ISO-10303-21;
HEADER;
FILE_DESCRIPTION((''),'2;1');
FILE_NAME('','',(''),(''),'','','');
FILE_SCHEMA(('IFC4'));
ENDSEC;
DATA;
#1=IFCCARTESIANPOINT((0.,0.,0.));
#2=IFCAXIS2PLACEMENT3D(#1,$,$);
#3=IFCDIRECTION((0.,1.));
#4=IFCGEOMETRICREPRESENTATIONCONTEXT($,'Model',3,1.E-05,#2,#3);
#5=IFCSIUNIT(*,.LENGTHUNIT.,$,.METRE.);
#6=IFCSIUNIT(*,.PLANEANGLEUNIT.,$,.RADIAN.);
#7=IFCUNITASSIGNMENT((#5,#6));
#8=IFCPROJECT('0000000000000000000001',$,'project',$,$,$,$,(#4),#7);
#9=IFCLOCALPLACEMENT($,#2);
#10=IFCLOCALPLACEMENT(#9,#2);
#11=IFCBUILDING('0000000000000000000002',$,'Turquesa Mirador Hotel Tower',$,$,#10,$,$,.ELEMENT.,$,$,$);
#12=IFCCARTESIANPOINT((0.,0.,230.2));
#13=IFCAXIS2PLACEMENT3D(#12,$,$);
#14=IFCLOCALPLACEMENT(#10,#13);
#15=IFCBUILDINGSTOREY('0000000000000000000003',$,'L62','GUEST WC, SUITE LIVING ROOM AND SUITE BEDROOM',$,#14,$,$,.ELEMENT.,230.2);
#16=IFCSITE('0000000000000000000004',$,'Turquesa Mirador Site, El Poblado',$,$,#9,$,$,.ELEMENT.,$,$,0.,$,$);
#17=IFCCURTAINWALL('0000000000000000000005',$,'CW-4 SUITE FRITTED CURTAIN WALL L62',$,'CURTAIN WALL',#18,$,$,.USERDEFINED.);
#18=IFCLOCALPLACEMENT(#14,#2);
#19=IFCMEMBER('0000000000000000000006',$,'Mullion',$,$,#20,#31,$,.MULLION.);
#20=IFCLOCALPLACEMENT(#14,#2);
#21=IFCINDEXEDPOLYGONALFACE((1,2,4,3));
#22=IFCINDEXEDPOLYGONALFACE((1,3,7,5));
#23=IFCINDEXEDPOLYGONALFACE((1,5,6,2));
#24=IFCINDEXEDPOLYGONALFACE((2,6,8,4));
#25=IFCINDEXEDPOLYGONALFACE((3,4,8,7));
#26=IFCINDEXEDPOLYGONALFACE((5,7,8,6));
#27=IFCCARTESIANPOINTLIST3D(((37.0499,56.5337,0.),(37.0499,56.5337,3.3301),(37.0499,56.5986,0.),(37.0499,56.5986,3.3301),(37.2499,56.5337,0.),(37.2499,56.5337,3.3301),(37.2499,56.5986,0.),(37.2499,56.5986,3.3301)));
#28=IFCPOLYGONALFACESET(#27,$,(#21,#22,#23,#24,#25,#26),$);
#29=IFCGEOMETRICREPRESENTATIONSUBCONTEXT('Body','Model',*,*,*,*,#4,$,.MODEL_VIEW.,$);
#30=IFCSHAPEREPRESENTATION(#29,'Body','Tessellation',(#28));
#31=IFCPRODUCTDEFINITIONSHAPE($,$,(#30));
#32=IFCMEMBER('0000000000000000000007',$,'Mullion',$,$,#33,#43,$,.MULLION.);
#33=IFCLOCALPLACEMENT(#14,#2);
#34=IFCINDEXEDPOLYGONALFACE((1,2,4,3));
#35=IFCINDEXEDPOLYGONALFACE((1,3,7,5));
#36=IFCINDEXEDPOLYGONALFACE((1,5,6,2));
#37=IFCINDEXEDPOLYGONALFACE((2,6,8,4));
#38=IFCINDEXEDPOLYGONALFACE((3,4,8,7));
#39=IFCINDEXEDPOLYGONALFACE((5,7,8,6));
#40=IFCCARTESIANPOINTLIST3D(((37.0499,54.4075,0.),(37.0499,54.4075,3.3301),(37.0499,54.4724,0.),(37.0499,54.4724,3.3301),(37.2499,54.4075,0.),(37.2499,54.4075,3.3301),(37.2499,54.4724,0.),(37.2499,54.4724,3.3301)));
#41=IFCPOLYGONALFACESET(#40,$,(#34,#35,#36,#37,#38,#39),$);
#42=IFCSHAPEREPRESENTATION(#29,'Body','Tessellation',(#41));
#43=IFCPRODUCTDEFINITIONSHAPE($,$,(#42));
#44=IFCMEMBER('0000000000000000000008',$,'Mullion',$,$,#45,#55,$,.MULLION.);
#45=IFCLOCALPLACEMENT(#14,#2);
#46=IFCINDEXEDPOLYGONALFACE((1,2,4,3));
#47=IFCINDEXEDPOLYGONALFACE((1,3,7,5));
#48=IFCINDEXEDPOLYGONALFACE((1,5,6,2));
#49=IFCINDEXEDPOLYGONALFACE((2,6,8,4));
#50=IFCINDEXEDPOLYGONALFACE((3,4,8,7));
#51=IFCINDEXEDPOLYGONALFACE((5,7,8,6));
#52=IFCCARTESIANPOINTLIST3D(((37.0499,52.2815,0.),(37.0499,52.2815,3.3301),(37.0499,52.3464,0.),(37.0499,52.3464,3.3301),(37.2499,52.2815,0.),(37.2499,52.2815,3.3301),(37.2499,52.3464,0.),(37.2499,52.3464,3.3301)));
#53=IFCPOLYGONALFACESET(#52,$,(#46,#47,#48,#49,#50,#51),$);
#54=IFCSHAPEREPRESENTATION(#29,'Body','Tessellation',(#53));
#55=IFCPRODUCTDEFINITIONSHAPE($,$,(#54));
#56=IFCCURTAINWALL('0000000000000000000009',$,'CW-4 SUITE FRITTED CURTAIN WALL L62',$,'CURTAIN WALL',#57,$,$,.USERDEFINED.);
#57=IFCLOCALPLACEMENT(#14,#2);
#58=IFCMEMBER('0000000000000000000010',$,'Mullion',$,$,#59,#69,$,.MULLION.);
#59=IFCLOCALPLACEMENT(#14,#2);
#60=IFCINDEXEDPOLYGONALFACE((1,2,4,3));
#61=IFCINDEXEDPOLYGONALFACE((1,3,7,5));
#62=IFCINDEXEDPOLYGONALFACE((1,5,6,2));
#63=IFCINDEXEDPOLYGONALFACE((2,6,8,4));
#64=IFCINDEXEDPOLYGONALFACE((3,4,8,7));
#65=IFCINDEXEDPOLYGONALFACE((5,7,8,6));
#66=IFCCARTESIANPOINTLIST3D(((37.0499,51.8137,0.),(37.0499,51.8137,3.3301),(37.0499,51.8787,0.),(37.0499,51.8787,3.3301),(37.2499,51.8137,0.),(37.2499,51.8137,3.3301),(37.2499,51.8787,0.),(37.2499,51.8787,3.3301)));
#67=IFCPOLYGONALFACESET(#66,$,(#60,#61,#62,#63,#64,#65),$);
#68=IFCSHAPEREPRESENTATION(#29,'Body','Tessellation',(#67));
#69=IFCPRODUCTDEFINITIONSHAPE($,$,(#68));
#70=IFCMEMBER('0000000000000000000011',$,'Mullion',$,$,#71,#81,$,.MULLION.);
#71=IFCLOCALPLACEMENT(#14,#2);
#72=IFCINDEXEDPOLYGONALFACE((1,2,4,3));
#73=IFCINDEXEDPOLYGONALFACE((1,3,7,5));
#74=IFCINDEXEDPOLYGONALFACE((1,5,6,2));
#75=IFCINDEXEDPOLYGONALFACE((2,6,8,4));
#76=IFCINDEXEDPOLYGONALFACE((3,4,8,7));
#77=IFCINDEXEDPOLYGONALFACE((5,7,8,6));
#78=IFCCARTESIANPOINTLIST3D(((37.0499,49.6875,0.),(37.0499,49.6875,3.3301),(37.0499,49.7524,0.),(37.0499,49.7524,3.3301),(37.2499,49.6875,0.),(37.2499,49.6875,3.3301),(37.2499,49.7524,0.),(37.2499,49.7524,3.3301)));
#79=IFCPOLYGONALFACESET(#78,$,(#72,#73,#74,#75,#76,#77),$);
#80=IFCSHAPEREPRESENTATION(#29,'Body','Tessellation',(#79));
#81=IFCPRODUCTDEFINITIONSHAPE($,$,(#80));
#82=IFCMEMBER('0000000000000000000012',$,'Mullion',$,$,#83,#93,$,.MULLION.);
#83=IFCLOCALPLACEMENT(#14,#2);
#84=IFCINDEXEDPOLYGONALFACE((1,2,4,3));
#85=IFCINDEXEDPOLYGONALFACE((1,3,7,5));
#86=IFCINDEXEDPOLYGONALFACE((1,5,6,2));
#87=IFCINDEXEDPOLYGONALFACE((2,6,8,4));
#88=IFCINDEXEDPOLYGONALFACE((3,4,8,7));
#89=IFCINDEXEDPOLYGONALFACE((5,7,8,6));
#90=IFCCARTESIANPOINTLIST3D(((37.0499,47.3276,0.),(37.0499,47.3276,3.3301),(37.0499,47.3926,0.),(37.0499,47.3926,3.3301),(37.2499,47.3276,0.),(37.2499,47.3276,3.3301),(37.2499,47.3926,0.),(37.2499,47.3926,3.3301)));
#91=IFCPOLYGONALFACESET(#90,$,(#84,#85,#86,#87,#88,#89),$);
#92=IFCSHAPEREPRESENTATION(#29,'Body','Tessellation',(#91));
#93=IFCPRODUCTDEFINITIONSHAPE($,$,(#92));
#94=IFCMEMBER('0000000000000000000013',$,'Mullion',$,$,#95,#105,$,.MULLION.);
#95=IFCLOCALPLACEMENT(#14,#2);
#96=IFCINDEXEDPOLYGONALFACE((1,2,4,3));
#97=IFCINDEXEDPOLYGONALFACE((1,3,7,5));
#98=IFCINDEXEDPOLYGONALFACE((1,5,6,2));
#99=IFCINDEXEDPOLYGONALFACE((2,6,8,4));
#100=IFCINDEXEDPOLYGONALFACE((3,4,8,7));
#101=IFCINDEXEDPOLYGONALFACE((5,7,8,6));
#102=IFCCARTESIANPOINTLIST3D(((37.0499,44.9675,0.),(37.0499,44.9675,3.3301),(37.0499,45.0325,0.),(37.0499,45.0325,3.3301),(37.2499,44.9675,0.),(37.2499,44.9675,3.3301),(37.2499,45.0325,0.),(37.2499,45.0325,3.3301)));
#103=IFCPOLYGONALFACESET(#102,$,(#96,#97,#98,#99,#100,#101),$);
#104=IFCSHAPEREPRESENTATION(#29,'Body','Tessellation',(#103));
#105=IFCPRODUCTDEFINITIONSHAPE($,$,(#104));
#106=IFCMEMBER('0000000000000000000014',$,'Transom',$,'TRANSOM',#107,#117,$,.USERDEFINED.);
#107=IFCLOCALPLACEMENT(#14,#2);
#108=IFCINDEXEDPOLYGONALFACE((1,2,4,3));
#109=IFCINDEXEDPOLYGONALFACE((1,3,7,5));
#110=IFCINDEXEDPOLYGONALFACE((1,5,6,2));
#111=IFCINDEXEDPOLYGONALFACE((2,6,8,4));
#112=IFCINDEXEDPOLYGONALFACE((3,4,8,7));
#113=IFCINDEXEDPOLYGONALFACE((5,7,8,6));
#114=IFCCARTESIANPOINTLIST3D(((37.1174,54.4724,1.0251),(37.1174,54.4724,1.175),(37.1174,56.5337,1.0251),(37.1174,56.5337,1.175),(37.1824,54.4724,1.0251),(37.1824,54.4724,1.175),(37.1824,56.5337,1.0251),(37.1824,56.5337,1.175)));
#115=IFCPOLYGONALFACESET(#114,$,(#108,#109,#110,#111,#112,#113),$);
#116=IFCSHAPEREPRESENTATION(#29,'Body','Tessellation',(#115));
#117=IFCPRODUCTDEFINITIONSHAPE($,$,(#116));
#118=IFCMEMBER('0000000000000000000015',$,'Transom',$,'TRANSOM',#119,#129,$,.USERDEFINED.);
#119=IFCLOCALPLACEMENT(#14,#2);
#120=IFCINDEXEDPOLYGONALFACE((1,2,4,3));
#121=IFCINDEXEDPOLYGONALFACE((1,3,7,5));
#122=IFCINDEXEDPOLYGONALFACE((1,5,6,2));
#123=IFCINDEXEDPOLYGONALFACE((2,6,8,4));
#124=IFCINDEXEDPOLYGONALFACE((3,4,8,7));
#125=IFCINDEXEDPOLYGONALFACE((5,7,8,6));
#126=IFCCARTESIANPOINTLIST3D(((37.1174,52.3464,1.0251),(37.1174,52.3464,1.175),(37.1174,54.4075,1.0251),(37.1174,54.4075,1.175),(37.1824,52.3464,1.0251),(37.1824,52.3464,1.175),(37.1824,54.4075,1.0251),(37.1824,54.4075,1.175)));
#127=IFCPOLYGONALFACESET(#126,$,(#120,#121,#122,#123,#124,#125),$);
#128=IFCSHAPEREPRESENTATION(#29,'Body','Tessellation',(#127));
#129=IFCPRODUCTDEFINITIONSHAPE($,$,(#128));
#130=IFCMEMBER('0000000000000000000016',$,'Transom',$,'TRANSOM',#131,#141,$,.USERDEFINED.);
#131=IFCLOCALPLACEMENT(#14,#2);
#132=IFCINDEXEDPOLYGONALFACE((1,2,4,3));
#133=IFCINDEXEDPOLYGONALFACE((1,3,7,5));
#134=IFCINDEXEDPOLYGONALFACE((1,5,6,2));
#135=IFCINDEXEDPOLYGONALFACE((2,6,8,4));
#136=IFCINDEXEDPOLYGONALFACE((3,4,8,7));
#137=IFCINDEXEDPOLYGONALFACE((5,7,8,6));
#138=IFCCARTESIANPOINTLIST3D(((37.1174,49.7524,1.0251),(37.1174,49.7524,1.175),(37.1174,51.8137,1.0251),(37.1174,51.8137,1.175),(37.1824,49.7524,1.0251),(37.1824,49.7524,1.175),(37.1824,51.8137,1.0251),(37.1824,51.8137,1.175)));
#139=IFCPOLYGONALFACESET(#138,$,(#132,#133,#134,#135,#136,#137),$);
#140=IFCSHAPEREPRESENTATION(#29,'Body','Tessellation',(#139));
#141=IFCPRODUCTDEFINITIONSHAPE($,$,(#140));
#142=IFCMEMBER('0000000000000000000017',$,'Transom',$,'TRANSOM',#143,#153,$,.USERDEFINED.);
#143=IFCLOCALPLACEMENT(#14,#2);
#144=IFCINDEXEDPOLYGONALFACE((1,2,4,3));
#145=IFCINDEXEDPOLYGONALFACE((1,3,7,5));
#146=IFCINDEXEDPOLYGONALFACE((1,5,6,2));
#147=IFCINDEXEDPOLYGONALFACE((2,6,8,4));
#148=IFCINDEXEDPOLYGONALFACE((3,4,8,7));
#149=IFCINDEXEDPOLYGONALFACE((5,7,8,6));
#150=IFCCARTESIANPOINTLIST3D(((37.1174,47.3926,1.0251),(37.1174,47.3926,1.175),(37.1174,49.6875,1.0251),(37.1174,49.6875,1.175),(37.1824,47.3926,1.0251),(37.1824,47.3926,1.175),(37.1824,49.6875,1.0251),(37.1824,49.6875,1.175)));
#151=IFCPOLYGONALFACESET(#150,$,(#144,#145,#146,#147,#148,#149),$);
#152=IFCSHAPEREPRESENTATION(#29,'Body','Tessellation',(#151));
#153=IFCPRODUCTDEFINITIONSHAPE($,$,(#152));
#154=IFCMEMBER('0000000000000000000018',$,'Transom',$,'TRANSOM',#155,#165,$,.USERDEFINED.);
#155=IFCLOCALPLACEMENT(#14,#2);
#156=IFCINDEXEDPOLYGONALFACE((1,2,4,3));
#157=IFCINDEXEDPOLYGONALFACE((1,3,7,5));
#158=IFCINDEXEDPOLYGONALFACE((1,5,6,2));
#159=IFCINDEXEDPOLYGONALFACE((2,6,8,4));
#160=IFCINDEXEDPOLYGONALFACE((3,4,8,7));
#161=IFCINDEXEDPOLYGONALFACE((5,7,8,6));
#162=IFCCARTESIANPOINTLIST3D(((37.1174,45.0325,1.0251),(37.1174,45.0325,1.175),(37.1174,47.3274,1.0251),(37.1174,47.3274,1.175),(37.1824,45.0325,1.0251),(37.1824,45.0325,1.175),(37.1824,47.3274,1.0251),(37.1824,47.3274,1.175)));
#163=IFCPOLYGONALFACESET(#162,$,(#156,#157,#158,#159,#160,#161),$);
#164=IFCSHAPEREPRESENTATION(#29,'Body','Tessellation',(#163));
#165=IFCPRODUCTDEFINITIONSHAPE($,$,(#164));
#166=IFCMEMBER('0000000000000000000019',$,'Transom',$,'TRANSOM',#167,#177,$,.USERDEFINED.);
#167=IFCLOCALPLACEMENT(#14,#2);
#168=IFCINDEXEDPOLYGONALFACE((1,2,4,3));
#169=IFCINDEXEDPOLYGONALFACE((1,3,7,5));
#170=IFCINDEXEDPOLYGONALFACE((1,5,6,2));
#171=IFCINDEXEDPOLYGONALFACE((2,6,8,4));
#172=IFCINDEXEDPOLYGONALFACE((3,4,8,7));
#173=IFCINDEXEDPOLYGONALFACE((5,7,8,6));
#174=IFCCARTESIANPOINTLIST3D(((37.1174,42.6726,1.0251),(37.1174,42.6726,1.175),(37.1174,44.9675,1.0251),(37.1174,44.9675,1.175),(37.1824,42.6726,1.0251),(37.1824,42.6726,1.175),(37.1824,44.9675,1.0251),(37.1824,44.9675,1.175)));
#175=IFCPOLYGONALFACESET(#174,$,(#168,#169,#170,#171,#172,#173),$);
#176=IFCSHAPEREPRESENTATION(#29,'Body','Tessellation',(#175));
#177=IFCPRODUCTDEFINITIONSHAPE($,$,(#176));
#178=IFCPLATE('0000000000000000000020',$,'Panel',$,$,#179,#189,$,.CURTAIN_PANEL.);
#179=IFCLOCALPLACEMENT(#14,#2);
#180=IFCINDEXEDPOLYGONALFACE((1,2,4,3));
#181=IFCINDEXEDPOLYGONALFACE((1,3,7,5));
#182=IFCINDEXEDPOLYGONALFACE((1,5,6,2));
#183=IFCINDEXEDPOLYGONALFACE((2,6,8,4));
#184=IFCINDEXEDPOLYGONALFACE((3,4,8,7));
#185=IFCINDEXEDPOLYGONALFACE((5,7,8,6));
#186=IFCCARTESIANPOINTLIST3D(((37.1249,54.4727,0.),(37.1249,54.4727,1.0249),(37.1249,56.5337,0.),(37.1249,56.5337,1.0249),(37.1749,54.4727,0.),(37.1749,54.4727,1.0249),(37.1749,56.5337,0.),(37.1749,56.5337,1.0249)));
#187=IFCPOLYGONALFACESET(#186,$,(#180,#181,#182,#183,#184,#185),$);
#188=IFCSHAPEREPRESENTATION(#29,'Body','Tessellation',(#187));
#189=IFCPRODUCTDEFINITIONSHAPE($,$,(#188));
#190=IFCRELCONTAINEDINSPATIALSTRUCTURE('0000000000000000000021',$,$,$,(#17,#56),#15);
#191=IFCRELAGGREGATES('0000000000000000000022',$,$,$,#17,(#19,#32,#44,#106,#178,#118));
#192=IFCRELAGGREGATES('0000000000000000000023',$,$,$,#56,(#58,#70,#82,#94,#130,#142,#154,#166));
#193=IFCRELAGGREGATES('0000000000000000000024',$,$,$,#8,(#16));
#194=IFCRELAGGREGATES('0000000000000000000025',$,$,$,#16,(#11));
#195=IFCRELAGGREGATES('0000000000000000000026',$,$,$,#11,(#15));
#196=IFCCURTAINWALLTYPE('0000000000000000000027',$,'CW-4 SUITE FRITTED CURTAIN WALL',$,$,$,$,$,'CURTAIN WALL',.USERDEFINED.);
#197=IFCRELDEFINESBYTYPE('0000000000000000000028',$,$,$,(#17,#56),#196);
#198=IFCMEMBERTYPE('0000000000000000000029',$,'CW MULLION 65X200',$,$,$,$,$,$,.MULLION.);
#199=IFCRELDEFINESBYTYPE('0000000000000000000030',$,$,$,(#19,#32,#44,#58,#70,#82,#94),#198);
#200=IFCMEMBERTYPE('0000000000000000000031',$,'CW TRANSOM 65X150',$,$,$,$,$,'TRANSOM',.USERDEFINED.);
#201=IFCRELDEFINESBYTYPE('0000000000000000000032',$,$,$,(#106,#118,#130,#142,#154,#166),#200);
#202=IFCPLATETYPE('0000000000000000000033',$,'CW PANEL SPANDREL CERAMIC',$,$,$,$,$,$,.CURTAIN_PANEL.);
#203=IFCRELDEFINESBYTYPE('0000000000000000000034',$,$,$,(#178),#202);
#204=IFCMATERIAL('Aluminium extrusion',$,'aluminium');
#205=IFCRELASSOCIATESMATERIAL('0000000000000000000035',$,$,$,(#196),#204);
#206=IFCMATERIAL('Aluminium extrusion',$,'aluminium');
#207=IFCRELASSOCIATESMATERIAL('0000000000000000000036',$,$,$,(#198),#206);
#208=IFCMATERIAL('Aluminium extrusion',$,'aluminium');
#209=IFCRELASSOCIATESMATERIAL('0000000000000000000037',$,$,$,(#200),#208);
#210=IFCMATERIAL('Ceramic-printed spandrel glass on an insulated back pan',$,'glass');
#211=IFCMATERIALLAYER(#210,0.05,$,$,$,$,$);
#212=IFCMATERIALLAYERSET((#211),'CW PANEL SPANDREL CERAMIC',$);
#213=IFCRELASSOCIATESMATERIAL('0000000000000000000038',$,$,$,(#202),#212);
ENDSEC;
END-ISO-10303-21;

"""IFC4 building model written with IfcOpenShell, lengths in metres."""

from ifc_helpers import new_model, si_unit, direction, frame, origin, origin_2d, place, context, subcontext, project, spatial, rectangle, extrude, material, layer, layer_set, material_profile, profile_set, type_object, element, aggregate, save


model = new_model("IFC4")

# Units and contexts
model_context = context("Model", 3, precision=1e-05, world=origin(), true_north=direction((0.0, 1.0)))
body_context = subcontext(model_context, "Body", "Model", "MODEL_VIEW")
ifc_project = project(units=[si_unit("LENGTHUNIT", "METRE"), si_unit("PLANEANGLEUNIT", "RADIAN")], contexts=[model_context])

# Site, building, storey
site_placement = place(None, origin())
site = spatial("IfcSite", under=ifc_project, at=site_placement, Name="Turquesa Mirador Site, El Poblado", CompositionType="ELEMENT", RefElevation=0.0)
building_placement = place(site_placement, origin())
building = spatial("IfcBuilding", under=site, at=building_placement, Name="Turquesa Mirador Hotel Tower", CompositionType="ELEMENT")
storey_placement = place(building_placement, frame((0.0, 0.0, 230.2)))
storey = spatial("IfcBuildingStorey", under=building, at=storey_placement, Name="L62", Description="GUEST WC, SUITE LIVING ROOM AND SUITE BEDROOM", CompositionType="ELEMENT", Elevation=230.2)

# Curtain walls, members
ifc_material_1 = material(Name="Aluminium extrusion", Category="aluminium")
curtain_wall_type = type_object("IfcCurtainWallType", Name="CW-4 SUITE FRITTED CURTAIN WALL", ElementType="CURTAIN WALL", PredefinedType="USERDEFINED", material=ifc_material_1)
curtain_wall_1_placement = place(storey_placement, origin())
curtain_wall_1 = element("IfcCurtainWall", 1, at=curtain_wall_1_placement, inside=storey, type_object=curtain_wall_type, Name="CW-4 SUITE FRITTED CURTAIN WALL L62", ObjectType="CURTAIN WALL", PredefinedType="USERDEFINED")
ifc_material_2 = material(Name="Aluminium extrusion", Category="aluminium")
ifc_material_profile_1 = material_profile(ifc_material_2, rectangle(XDim=0.0649, YDim=0.2, at=origin_2d()), Name="MULLION 65X200")
ifc_profile_set_1 = profile_set([ifc_material_profile_1], Name="Aluminium extrusion")
member_type_1 = type_object("IfcMemberType", Name="CW MULLION 65X200", PredefinedType="MULLION", material=ifc_profile_set_1)
member_1_placement = place(storey_placement, frame((37.1499, 56.5662, 0.0), z_axis=(0.0, 0.0, 1.0), x_axis=(0.0, -1.0, 0.0)))
member_1 = element("IfcMember", 2, at=member_1_placement, type_object=member_type_1, Name="Mullion", PredefinedType="MULLION", context=body_context, shape_type="SweptSolid", body=[
    extrude(rectangle(XDim=0.0649, YDim=0.2, at=origin_2d()), origin(), (0.0, 0.0, 1.0), 3.3301),
])
member_2_placement = place(storey_placement, frame((37.1499, 54.4399, 0.0), z_axis=(0.0, 0.0, 1.0), x_axis=(0.0, -1.0, 0.0)))
member_2 = element("IfcMember", 3, at=member_2_placement, type_object=member_type_1, Name="Mullion", PredefinedType="MULLION", context=body_context, shape_type="SweptSolid", body=[
    extrude(rectangle(XDim=0.0649, YDim=0.2, at=origin_2d()), origin(), (0.0, 0.0, 1.0), 3.3301),
])
member_3_placement = place(storey_placement, frame((37.1499, 52.314, 0.0), z_axis=(0.0, 0.0, 1.0), x_axis=(0.0, -1.0, 0.0)))
member_3 = element("IfcMember", 4, at=member_3_placement, type_object=member_type_1, Name="Mullion", PredefinedType="MULLION", context=body_context, shape_type="SweptSolid", body=[
    extrude(rectangle(XDim=0.0649, YDim=0.2, at=origin_2d()), origin(), (0.0, 0.0, 1.0), 3.3301),
])
curtain_wall_2_placement = place(storey_placement, origin())
curtain_wall_2 = element("IfcCurtainWall", 5, at=curtain_wall_2_placement, inside=storey, type_object=curtain_wall_type, Name="CW-4 SUITE FRITTED CURTAIN WALL L62", ObjectType="CURTAIN WALL", PredefinedType="USERDEFINED")
member_4_placement = place(storey_placement, frame((37.1499, 51.8462, 0.0), z_axis=(0.0, 0.0, 1.0), x_axis=(0.0, -1.0, 0.0)))
member_4 = element("IfcMember", 6, at=member_4_placement, type_object=member_type_1, Name="Mullion", PredefinedType="MULLION", context=body_context, shape_type="SweptSolid", body=[
    extrude(rectangle(XDim=0.0649, YDim=0.2, at=origin_2d()), origin(), (0.0, 0.0, 1.0), 3.3301),
])
member_5_placement = place(storey_placement, frame((37.1499, 49.72, 0.0), z_axis=(0.0, 0.0, 1.0), x_axis=(0.0, -1.0, 0.0)))
member_5 = element("IfcMember", 7, at=member_5_placement, type_object=member_type_1, Name="Mullion", PredefinedType="MULLION", context=body_context, shape_type="SweptSolid", body=[
    extrude(rectangle(XDim=0.0649, YDim=0.2, at=origin_2d()), origin(), (0.0, 0.0, 1.0), 3.3301),
])
member_6_placement = place(storey_placement, frame((37.1499, 47.3601, 0.0), z_axis=(0.0, 0.0, 1.0), x_axis=(0.0, -1.0, 0.0)))
member_6 = element("IfcMember", 8, at=member_6_placement, type_object=member_type_1, Name="Mullion", PredefinedType="MULLION", context=body_context, shape_type="SweptSolid", body=[
    extrude(rectangle(XDim=0.0649, YDim=0.2, at=origin_2d()), origin(), (0.0, 0.0, 1.0), 3.3301),
])
member_7_placement = place(storey_placement, frame((37.1499, 45.0, 0.0), z_axis=(0.0, 0.0, 1.0), x_axis=(0.0, -1.0, 0.0)))
member_7 = element("IfcMember", 9, at=member_7_placement, type_object=member_type_1, Name="Mullion", PredefinedType="MULLION", context=body_context, shape_type="SweptSolid", body=[
    extrude(rectangle(XDim=0.0649, YDim=0.2, at=origin_2d()), origin(), (0.0, 0.0, 1.0), 3.3301),
])

# Members
ifc_material_3 = material(Name="Aluminium extrusion", Category="aluminium")
ifc_material_profile_2 = material_profile(ifc_material_3, rectangle(XDim=0.0649, YDim=0.1499, at=origin_2d()), Name="TRANSOM 65X150")
ifc_profile_set_2 = profile_set([ifc_material_profile_2], Name="Aluminium extrusion")
member_type_2 = type_object("IfcMemberType", Name="CW TRANSOM 65X150", ElementType="TRANSOM", PredefinedType="USERDEFINED", material=ifc_profile_set_2)
member_8_placement = place(storey_placement, frame((37.1499, 56.5337, 1.1001), z_axis=(0.0, -1.0, 0.0), x_axis=(1.0, 0.0, 0.0)))
member_8 = element("IfcMember", 10, at=member_8_placement, type_object=member_type_2, Name="Transom", ObjectType="TRANSOM", PredefinedType="USERDEFINED", context=body_context, shape_type="SweptSolid", body=[
    extrude(rectangle(XDim=0.0649, YDim=0.1499, at=origin_2d()), origin(), (0.0, 0.0, 1.0), 2.0613),
])
member_9_placement = place(storey_placement, frame((37.1499, 54.4075, 1.1001), z_axis=(0.0, -1.0, 0.0), x_axis=(1.0, 0.0, 0.0)))
member_9 = element("IfcMember", 11, at=member_9_placement, type_object=member_type_2, Name="Transom", ObjectType="TRANSOM", PredefinedType="USERDEFINED", context=body_context, shape_type="SweptSolid", body=[
    extrude(rectangle(XDim=0.0649, YDim=0.1499, at=origin_2d()), origin(), (0.0, 0.0, 1.0), 2.061),
])
member_10_placement = place(storey_placement, frame((37.1499, 51.8137, 1.1001), z_axis=(0.0, -1.0, 0.0), x_axis=(1.0, 0.0, 0.0)))
member_10 = element("IfcMember", 12, at=member_10_placement, type_object=member_type_2, Name="Transom", ObjectType="TRANSOM", PredefinedType="USERDEFINED", context=body_context, shape_type="SweptSolid", body=[
    extrude(rectangle(XDim=0.0649, YDim=0.1499, at=origin_2d()), origin(), (0.0, 0.0, 1.0), 2.0613),
])
member_11_placement = place(storey_placement, frame((37.1499, 49.6875, 1.1001), z_axis=(0.0, -1.0, 0.0), x_axis=(1.0, 0.0, 0.0)))
member_11 = element("IfcMember", 13, at=member_11_placement, type_object=member_type_2, Name="Transom", ObjectType="TRANSOM", PredefinedType="USERDEFINED", context=body_context, shape_type="SweptSolid", body=[
    extrude(rectangle(XDim=0.0649, YDim=0.1499, at=origin_2d()), origin(), (0.0, 0.0, 1.0), 2.2949),
])
member_12_placement = place(storey_placement, frame((37.1499, 47.3274, 1.1001), z_axis=(0.0, -1.0, 0.0), x_axis=(1.0, 0.0, 0.0)))
member_12 = element("IfcMember", 14, at=member_12_placement, type_object=member_type_2, Name="Transom", ObjectType="TRANSOM", PredefinedType="USERDEFINED", context=body_context, shape_type="SweptSolid", body=[
    extrude(rectangle(XDim=0.0649, YDim=0.1499, at=origin_2d()), origin(), (0.0, 0.0, 1.0), 2.2949),
])
member_13_placement = place(storey_placement, frame((37.1499, 44.9675, 1.1001), z_axis=(0.0, -1.0, 0.0), x_axis=(1.0, 0.0, 0.0)))
member_13 = element("IfcMember", 15, at=member_13_placement, type_object=member_type_2, Name="Transom", ObjectType="TRANSOM", PredefinedType="USERDEFINED", context=body_context, shape_type="SweptSolid", body=[
    extrude(rectangle(XDim=0.0649, YDim=0.1499, at=origin_2d()), origin(), (0.0, 0.0, 1.0), 2.2949),
])

# Plate
ifc_material_4 = material(Name="Ceramic-printed spandrel glass on an insulated back pan", Category="glass")
ifc_layer_1 = layer(ifc_material_4, 0.05)
ifc_layer_set_1 = layer_set([ifc_layer_1], Name="CW PANEL SPANDREL CERAMIC")
plate_type_1 = type_object("IfcPlateType", Name="CW PANEL SPANDREL CERAMIC", PredefinedType="CURTAIN_PANEL", material=ifc_layer_set_1)
plate_1_placement = place(storey_placement, frame((37.1499, 55.5032, 0.0), z_axis=(0.0, 0.0, 1.0), x_axis=(0.0, -1.0, 0.0)))
plate_1 = element("IfcPlate", 16, at=plate_1_placement, type_object=plate_type_1, Name="Panel", PredefinedType="CURTAIN_PANEL", context=body_context, shape_type="SweptSolid", body=[
    extrude(rectangle(XDim=2.061, YDim=0.05, at=origin_2d()), origin(), (0.0, 0.0, 1.0), 1.0249),
])
aggregate(curtain_wall_1, [member_1, member_2, member_3, member_8, plate_1, member_9])
aggregate(curtain_wall_2, [member_4, member_5, member_6, member_7, member_10, member_11, member_12, member_13])

save(model, "model.ifc")
